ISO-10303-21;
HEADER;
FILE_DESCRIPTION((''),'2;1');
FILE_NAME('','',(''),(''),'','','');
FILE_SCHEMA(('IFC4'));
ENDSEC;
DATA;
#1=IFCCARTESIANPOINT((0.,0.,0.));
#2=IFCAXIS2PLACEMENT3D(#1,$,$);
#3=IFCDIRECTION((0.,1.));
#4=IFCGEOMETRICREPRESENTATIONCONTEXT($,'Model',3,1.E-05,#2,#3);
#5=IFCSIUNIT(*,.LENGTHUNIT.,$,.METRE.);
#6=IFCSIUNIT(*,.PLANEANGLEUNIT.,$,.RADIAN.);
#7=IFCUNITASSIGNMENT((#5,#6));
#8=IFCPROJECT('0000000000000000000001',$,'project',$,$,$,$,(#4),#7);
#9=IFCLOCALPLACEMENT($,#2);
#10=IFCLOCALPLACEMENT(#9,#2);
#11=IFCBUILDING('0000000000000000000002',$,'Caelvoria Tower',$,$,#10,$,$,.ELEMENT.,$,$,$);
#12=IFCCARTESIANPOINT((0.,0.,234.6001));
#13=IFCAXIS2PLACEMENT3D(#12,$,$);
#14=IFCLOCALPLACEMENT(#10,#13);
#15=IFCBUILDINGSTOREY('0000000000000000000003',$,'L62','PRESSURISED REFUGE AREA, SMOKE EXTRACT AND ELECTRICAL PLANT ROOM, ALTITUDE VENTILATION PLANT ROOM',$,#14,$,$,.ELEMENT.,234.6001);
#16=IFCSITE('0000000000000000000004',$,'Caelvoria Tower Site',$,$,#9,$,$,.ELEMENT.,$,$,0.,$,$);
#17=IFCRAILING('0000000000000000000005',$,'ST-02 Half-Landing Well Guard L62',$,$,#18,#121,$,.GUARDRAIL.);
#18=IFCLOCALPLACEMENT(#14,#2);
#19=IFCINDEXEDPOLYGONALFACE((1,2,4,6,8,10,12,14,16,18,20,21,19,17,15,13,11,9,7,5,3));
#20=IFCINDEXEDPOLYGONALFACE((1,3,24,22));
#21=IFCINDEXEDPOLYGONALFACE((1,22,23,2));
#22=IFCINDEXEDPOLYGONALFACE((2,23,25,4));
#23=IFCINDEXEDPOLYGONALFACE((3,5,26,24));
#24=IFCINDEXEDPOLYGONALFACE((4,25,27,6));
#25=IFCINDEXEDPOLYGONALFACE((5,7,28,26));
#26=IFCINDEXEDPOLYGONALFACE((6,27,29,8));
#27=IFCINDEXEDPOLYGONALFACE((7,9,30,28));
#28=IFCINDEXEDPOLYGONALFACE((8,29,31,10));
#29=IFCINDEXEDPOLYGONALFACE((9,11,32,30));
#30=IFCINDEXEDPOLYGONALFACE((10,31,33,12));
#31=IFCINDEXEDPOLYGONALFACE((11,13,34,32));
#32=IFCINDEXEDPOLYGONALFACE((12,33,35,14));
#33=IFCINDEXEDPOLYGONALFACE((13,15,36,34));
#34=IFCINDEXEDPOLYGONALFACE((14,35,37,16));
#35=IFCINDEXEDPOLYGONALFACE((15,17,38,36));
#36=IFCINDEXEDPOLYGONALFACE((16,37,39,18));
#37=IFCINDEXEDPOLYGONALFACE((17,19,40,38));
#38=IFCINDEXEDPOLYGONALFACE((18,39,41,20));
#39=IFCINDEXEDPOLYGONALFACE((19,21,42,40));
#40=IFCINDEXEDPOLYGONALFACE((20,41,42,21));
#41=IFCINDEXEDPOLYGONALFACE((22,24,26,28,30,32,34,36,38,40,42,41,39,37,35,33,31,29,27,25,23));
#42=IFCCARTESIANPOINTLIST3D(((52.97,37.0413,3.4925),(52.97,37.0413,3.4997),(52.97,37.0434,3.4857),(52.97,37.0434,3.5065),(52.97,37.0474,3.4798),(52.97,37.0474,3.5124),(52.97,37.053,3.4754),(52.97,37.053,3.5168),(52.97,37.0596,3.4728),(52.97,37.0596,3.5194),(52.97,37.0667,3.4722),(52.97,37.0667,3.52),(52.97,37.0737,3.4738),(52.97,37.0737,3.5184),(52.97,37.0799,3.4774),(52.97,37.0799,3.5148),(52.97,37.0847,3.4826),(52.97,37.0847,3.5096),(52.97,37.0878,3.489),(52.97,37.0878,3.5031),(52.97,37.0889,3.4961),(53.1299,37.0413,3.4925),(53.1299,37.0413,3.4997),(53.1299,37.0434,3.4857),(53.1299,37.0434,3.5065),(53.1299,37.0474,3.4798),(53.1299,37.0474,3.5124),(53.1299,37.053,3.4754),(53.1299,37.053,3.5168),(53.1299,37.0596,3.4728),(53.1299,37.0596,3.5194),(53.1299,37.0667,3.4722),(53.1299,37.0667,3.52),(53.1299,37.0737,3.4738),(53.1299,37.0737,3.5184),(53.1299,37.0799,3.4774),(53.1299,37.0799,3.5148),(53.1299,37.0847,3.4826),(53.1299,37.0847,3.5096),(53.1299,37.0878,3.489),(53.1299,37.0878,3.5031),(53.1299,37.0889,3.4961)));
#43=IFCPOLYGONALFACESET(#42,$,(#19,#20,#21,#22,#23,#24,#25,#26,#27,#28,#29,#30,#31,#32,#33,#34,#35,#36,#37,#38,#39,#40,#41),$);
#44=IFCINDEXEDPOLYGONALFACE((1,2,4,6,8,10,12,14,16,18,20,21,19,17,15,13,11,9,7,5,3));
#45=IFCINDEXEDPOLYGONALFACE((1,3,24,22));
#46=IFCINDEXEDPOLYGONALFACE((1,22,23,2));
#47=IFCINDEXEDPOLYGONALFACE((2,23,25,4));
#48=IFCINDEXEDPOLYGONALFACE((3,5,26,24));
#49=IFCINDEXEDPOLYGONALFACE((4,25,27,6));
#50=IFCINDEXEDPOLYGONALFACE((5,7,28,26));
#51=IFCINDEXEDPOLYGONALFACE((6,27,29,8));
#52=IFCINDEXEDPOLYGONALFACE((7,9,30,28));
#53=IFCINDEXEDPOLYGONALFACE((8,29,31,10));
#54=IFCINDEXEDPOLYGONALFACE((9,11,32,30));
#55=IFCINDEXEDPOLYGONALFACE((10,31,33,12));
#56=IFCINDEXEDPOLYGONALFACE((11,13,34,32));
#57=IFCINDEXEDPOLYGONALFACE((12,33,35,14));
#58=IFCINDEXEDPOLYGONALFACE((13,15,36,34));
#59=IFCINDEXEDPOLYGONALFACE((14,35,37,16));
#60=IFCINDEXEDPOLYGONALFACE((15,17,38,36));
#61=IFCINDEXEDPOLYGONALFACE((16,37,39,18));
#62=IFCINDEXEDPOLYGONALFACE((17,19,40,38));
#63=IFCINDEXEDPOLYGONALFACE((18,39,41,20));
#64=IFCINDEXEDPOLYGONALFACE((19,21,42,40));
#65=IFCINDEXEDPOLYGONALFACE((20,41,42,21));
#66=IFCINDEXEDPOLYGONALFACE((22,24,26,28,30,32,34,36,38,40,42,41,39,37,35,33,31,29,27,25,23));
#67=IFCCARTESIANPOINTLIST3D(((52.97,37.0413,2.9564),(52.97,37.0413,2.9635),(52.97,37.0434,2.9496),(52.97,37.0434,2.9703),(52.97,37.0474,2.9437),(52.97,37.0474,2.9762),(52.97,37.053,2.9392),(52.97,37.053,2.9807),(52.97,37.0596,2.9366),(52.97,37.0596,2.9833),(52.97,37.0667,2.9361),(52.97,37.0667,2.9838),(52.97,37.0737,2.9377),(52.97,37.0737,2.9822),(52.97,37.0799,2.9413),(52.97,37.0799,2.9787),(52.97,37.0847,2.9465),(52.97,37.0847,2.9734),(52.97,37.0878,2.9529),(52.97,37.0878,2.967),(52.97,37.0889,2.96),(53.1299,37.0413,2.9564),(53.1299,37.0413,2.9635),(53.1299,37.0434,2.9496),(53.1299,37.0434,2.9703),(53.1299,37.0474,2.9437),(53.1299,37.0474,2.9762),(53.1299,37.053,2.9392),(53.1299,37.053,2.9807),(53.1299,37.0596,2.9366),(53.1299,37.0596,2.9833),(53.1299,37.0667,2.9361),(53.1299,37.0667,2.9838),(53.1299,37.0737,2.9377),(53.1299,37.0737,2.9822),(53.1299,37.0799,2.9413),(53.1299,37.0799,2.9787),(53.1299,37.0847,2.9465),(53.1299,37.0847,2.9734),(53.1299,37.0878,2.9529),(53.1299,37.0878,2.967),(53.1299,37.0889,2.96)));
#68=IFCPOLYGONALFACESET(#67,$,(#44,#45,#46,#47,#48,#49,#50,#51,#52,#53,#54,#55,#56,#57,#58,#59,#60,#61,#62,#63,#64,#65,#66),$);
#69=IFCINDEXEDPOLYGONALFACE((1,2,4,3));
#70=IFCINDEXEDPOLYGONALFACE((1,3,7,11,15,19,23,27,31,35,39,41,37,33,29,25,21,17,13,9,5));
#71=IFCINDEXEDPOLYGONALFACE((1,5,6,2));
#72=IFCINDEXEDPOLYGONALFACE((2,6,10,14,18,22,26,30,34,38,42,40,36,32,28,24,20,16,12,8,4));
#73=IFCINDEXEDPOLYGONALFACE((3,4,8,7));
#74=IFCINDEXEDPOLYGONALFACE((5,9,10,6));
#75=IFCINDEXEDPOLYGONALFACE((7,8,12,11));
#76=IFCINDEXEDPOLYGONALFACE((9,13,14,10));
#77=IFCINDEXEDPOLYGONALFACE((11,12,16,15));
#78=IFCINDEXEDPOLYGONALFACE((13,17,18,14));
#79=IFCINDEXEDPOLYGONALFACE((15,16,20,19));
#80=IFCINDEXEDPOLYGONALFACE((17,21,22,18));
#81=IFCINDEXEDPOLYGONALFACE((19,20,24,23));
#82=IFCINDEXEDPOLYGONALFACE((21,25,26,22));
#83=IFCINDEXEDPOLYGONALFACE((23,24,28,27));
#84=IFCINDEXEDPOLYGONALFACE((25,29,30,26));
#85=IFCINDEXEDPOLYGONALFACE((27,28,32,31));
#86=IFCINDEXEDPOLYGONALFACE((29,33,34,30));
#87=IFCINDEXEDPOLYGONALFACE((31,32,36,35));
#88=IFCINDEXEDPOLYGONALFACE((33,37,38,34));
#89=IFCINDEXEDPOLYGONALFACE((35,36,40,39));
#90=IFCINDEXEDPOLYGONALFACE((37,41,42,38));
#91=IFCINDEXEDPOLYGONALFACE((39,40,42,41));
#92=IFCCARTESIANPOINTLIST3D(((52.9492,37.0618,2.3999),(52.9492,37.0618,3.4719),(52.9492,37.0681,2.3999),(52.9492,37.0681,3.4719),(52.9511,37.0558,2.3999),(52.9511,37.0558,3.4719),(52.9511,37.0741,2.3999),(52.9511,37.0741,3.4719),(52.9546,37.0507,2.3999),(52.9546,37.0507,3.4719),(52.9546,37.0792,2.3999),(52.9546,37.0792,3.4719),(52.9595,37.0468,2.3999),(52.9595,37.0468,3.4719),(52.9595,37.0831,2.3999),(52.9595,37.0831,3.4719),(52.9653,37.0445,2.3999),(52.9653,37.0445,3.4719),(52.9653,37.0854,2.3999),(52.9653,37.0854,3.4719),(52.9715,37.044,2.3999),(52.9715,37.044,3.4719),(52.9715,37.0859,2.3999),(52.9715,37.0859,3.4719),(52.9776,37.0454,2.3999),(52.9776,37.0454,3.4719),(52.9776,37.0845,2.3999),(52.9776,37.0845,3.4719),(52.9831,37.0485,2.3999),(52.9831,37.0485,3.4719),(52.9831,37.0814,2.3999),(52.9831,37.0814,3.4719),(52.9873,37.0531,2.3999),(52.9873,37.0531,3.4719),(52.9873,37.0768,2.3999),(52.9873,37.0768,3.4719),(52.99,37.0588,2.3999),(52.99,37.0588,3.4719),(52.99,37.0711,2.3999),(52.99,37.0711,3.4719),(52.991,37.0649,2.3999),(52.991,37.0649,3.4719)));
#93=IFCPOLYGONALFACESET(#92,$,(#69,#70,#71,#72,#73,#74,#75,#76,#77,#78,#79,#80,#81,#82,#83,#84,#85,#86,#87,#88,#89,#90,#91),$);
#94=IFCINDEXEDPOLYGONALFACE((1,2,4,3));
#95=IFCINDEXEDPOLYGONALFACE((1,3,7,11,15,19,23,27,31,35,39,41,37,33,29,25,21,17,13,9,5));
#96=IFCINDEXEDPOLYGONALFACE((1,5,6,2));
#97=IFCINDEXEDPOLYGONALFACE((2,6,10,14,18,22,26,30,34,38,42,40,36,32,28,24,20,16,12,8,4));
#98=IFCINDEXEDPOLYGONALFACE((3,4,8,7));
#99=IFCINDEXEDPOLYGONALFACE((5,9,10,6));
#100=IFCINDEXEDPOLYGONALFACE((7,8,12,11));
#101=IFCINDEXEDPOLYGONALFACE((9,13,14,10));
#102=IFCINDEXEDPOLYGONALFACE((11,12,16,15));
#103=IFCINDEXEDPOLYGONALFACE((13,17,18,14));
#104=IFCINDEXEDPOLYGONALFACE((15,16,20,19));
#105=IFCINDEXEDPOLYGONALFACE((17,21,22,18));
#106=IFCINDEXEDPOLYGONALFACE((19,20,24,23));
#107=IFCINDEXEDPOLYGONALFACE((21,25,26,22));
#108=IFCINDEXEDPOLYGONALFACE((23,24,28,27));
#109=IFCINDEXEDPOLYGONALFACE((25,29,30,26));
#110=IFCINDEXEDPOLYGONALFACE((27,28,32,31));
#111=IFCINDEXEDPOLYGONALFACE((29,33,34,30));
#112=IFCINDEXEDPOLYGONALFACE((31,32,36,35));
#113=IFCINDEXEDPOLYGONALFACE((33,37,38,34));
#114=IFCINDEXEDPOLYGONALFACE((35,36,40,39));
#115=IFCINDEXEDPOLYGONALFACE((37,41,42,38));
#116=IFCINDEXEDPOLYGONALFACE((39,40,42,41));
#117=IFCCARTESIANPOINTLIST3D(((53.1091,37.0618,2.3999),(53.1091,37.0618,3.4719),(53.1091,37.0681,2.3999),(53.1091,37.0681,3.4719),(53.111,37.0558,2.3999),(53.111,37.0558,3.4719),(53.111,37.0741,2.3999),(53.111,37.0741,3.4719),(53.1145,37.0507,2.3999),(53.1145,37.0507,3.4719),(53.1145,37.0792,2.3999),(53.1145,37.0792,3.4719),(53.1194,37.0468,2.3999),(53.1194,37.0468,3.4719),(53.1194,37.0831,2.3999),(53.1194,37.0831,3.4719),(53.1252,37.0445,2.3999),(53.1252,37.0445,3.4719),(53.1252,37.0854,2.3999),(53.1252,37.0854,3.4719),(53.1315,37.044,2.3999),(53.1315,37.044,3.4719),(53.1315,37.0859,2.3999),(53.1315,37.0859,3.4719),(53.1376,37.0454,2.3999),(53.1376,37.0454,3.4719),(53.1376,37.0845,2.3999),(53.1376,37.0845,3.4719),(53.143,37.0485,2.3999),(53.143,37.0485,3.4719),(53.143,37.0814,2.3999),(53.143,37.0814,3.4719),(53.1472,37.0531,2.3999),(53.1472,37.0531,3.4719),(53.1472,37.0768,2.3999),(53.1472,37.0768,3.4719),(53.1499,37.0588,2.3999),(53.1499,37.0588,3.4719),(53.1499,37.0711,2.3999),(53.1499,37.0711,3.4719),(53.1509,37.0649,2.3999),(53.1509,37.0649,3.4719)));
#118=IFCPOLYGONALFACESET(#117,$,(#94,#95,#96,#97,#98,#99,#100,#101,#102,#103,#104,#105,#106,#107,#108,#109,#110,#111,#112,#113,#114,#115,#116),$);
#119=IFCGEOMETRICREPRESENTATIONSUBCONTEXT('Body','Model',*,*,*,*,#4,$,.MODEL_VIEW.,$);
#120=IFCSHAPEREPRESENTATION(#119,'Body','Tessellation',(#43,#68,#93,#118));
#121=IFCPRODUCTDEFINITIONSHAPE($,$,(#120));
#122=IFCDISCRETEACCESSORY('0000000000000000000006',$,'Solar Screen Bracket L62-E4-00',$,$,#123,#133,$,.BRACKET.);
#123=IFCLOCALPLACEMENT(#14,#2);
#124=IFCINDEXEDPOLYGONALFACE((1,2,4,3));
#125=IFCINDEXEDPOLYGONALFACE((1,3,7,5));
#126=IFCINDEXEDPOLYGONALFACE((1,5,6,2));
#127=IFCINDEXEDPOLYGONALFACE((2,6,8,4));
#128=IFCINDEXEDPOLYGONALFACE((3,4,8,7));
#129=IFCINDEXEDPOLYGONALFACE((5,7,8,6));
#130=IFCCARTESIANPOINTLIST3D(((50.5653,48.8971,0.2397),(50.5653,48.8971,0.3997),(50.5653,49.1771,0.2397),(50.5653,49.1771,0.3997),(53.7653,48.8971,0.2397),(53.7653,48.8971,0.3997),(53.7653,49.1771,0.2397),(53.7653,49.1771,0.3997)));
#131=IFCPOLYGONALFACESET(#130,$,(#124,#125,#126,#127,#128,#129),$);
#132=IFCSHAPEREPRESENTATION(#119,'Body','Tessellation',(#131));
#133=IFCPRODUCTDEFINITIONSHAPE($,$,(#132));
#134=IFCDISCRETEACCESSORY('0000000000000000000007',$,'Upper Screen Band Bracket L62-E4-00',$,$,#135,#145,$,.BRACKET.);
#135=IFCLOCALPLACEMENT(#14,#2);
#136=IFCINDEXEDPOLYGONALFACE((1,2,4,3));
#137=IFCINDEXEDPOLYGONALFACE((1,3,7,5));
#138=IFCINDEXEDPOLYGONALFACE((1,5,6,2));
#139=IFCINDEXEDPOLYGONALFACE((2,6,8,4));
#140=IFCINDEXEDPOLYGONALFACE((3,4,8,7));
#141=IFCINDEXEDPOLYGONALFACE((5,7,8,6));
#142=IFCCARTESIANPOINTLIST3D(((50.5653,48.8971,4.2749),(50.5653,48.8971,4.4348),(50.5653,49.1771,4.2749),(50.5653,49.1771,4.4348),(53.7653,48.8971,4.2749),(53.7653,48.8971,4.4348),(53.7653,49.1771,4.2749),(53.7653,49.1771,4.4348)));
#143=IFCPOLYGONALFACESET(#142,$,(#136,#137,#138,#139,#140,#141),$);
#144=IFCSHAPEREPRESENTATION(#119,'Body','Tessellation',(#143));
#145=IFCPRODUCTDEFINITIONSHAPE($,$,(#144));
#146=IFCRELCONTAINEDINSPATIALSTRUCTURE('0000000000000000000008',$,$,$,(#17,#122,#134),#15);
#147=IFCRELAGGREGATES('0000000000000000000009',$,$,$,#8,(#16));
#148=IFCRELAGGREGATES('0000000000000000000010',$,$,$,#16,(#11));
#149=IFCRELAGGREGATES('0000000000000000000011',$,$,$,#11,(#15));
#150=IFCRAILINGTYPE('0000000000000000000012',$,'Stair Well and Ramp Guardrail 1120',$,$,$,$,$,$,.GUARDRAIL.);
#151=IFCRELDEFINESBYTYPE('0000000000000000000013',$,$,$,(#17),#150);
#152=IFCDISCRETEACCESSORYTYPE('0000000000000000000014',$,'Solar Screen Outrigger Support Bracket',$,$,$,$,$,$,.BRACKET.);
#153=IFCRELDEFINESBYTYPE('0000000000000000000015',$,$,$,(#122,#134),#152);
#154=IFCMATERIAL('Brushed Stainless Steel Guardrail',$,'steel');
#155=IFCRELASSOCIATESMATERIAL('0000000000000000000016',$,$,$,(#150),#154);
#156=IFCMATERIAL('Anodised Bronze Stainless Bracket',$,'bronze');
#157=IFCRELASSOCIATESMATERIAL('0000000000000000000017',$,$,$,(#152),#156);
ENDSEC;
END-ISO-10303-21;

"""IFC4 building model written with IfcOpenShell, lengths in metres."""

from ifc_helpers import new_model, si_unit, direction, frame, origin, origin_2d, place, context, subcontext, project, spatial, rectangle, circle, extrude, material, type_object, element, save


model = new_model("IFC4")

# Units and contexts
model_context = context("Model", 3, precision=1e-05, world=origin(), true_north=direction((0.0, 1.0)))
body_context = subcontext(model_context, "Body", "Model", "MODEL_VIEW")
ifc_project = project(units=[si_unit("LENGTHUNIT", "METRE"), si_unit("PLANEANGLEUNIT", "RADIAN")], contexts=[model_context])

# Site, building, storey
site_placement = place(None, origin())
site = spatial("IfcSite", under=ifc_project, at=site_placement, Name="Caelvoria Tower Site", CompositionType="ELEMENT", RefElevation=0.0)
building_placement = place(site_placement, origin())
building = spatial("IfcBuilding", under=site, at=building_placement, Name="Caelvoria Tower", CompositionType="ELEMENT")
storey_placement = place(building_placement, frame((0.0, 0.0, 234.6001)))
storey = spatial("IfcBuildingStorey", under=building, at=storey_placement, Name="L62", Description="PRESSURISED REFUGE AREA, SMOKE EXTRACT AND ELECTRICAL PLANT ROOM, ALTITUDE VENTILATION PLANT ROOM", CompositionType="ELEMENT", Elevation=234.6001)

# Railing
ifc_material_1 = material(Name="Brushed Stainless Steel Guardrail", Category="steel")
railing_type_1 = type_object("IfcRailingType", Name="Stair Well and Ramp Guardrail 1120", PredefinedType="GUARDRAIL", material=ifc_material_1)
railing_1_placement = place(storey_placement, frame((52.97, 37.0649, 2.3999)))
element("IfcRailing", 1, at=railing_1_placement, inside=storey, type_object=railing_type_1, Name="ST-02 Half-Landing Well Guard L62", PredefinedType="GUARDRAIL", context=body_context, shape_type="SweptSolid", body=[
    extrude(circle(Radius=0.0239, at=origin_2d()), frame((0.0, 0.0, 1.0962), z_axis=(1.0, 0.0, 0.0), x_axis=(0.0, 1.0, 0.0)), (0.0, 0.0, 1.0), 0.1599),
    extrude(circle(Radius=0.0239, at=origin_2d()), frame((0.0, 0.0, 0.5601), z_axis=(1.0, 0.0, 0.0), x_axis=(0.0, 1.0, 0.0)), (0.0, 0.0, 1.0), 0.1599),
    extrude(circle(Radius=0.021, at=origin_2d()), origin(), (0.0, 0.0, 1.0), 1.072),
    extrude(circle(Radius=0.021, at=origin_2d()), frame((0.1599, 0.0, 0.0)), (0.0, 0.0, 1.0), 1.072),
])

# Discrete accessories
ifc_material_2 = material(Name="Anodised Bronze Stainless Bracket", Category="bronze")
discrete_accessory_type = type_object("IfcDiscreteAccessoryType", Name="Solar Screen Outrigger Support Bracket", PredefinedType="BRACKET", material=ifc_material_2)
for number, where, z_axis, x_axis, name in (
    (2, (52.1653, 49.0371, 0.2397), (0.0, 0.0, 1.0), (-1.0, 0.0, 0.0), "Solar Screen Bracket L62-E4-00"),
    (3, (52.1653, 49.0371, 4.2749), (0.0, 0.0, 1.0), (-1.0, 0.0, 0.0), "Upper Screen Band Bracket L62-E4-00"),
):
    element("IfcDiscreteAccessory", number, at=place(storey_placement, frame(where, z_axis=z_axis, x_axis=x_axis)), inside=storey, type_object=discrete_accessory_type, Name=name, PredefinedType="BRACKET", context=body_context, shape_type="SweptSolid", body=[
        extrude(rectangle(XDim=3.2, YDim=0.28, at=origin_2d()), origin(), (0.0, 0.0, 1.0), 0.1599),
    ])

save(model, "model.ifc")
